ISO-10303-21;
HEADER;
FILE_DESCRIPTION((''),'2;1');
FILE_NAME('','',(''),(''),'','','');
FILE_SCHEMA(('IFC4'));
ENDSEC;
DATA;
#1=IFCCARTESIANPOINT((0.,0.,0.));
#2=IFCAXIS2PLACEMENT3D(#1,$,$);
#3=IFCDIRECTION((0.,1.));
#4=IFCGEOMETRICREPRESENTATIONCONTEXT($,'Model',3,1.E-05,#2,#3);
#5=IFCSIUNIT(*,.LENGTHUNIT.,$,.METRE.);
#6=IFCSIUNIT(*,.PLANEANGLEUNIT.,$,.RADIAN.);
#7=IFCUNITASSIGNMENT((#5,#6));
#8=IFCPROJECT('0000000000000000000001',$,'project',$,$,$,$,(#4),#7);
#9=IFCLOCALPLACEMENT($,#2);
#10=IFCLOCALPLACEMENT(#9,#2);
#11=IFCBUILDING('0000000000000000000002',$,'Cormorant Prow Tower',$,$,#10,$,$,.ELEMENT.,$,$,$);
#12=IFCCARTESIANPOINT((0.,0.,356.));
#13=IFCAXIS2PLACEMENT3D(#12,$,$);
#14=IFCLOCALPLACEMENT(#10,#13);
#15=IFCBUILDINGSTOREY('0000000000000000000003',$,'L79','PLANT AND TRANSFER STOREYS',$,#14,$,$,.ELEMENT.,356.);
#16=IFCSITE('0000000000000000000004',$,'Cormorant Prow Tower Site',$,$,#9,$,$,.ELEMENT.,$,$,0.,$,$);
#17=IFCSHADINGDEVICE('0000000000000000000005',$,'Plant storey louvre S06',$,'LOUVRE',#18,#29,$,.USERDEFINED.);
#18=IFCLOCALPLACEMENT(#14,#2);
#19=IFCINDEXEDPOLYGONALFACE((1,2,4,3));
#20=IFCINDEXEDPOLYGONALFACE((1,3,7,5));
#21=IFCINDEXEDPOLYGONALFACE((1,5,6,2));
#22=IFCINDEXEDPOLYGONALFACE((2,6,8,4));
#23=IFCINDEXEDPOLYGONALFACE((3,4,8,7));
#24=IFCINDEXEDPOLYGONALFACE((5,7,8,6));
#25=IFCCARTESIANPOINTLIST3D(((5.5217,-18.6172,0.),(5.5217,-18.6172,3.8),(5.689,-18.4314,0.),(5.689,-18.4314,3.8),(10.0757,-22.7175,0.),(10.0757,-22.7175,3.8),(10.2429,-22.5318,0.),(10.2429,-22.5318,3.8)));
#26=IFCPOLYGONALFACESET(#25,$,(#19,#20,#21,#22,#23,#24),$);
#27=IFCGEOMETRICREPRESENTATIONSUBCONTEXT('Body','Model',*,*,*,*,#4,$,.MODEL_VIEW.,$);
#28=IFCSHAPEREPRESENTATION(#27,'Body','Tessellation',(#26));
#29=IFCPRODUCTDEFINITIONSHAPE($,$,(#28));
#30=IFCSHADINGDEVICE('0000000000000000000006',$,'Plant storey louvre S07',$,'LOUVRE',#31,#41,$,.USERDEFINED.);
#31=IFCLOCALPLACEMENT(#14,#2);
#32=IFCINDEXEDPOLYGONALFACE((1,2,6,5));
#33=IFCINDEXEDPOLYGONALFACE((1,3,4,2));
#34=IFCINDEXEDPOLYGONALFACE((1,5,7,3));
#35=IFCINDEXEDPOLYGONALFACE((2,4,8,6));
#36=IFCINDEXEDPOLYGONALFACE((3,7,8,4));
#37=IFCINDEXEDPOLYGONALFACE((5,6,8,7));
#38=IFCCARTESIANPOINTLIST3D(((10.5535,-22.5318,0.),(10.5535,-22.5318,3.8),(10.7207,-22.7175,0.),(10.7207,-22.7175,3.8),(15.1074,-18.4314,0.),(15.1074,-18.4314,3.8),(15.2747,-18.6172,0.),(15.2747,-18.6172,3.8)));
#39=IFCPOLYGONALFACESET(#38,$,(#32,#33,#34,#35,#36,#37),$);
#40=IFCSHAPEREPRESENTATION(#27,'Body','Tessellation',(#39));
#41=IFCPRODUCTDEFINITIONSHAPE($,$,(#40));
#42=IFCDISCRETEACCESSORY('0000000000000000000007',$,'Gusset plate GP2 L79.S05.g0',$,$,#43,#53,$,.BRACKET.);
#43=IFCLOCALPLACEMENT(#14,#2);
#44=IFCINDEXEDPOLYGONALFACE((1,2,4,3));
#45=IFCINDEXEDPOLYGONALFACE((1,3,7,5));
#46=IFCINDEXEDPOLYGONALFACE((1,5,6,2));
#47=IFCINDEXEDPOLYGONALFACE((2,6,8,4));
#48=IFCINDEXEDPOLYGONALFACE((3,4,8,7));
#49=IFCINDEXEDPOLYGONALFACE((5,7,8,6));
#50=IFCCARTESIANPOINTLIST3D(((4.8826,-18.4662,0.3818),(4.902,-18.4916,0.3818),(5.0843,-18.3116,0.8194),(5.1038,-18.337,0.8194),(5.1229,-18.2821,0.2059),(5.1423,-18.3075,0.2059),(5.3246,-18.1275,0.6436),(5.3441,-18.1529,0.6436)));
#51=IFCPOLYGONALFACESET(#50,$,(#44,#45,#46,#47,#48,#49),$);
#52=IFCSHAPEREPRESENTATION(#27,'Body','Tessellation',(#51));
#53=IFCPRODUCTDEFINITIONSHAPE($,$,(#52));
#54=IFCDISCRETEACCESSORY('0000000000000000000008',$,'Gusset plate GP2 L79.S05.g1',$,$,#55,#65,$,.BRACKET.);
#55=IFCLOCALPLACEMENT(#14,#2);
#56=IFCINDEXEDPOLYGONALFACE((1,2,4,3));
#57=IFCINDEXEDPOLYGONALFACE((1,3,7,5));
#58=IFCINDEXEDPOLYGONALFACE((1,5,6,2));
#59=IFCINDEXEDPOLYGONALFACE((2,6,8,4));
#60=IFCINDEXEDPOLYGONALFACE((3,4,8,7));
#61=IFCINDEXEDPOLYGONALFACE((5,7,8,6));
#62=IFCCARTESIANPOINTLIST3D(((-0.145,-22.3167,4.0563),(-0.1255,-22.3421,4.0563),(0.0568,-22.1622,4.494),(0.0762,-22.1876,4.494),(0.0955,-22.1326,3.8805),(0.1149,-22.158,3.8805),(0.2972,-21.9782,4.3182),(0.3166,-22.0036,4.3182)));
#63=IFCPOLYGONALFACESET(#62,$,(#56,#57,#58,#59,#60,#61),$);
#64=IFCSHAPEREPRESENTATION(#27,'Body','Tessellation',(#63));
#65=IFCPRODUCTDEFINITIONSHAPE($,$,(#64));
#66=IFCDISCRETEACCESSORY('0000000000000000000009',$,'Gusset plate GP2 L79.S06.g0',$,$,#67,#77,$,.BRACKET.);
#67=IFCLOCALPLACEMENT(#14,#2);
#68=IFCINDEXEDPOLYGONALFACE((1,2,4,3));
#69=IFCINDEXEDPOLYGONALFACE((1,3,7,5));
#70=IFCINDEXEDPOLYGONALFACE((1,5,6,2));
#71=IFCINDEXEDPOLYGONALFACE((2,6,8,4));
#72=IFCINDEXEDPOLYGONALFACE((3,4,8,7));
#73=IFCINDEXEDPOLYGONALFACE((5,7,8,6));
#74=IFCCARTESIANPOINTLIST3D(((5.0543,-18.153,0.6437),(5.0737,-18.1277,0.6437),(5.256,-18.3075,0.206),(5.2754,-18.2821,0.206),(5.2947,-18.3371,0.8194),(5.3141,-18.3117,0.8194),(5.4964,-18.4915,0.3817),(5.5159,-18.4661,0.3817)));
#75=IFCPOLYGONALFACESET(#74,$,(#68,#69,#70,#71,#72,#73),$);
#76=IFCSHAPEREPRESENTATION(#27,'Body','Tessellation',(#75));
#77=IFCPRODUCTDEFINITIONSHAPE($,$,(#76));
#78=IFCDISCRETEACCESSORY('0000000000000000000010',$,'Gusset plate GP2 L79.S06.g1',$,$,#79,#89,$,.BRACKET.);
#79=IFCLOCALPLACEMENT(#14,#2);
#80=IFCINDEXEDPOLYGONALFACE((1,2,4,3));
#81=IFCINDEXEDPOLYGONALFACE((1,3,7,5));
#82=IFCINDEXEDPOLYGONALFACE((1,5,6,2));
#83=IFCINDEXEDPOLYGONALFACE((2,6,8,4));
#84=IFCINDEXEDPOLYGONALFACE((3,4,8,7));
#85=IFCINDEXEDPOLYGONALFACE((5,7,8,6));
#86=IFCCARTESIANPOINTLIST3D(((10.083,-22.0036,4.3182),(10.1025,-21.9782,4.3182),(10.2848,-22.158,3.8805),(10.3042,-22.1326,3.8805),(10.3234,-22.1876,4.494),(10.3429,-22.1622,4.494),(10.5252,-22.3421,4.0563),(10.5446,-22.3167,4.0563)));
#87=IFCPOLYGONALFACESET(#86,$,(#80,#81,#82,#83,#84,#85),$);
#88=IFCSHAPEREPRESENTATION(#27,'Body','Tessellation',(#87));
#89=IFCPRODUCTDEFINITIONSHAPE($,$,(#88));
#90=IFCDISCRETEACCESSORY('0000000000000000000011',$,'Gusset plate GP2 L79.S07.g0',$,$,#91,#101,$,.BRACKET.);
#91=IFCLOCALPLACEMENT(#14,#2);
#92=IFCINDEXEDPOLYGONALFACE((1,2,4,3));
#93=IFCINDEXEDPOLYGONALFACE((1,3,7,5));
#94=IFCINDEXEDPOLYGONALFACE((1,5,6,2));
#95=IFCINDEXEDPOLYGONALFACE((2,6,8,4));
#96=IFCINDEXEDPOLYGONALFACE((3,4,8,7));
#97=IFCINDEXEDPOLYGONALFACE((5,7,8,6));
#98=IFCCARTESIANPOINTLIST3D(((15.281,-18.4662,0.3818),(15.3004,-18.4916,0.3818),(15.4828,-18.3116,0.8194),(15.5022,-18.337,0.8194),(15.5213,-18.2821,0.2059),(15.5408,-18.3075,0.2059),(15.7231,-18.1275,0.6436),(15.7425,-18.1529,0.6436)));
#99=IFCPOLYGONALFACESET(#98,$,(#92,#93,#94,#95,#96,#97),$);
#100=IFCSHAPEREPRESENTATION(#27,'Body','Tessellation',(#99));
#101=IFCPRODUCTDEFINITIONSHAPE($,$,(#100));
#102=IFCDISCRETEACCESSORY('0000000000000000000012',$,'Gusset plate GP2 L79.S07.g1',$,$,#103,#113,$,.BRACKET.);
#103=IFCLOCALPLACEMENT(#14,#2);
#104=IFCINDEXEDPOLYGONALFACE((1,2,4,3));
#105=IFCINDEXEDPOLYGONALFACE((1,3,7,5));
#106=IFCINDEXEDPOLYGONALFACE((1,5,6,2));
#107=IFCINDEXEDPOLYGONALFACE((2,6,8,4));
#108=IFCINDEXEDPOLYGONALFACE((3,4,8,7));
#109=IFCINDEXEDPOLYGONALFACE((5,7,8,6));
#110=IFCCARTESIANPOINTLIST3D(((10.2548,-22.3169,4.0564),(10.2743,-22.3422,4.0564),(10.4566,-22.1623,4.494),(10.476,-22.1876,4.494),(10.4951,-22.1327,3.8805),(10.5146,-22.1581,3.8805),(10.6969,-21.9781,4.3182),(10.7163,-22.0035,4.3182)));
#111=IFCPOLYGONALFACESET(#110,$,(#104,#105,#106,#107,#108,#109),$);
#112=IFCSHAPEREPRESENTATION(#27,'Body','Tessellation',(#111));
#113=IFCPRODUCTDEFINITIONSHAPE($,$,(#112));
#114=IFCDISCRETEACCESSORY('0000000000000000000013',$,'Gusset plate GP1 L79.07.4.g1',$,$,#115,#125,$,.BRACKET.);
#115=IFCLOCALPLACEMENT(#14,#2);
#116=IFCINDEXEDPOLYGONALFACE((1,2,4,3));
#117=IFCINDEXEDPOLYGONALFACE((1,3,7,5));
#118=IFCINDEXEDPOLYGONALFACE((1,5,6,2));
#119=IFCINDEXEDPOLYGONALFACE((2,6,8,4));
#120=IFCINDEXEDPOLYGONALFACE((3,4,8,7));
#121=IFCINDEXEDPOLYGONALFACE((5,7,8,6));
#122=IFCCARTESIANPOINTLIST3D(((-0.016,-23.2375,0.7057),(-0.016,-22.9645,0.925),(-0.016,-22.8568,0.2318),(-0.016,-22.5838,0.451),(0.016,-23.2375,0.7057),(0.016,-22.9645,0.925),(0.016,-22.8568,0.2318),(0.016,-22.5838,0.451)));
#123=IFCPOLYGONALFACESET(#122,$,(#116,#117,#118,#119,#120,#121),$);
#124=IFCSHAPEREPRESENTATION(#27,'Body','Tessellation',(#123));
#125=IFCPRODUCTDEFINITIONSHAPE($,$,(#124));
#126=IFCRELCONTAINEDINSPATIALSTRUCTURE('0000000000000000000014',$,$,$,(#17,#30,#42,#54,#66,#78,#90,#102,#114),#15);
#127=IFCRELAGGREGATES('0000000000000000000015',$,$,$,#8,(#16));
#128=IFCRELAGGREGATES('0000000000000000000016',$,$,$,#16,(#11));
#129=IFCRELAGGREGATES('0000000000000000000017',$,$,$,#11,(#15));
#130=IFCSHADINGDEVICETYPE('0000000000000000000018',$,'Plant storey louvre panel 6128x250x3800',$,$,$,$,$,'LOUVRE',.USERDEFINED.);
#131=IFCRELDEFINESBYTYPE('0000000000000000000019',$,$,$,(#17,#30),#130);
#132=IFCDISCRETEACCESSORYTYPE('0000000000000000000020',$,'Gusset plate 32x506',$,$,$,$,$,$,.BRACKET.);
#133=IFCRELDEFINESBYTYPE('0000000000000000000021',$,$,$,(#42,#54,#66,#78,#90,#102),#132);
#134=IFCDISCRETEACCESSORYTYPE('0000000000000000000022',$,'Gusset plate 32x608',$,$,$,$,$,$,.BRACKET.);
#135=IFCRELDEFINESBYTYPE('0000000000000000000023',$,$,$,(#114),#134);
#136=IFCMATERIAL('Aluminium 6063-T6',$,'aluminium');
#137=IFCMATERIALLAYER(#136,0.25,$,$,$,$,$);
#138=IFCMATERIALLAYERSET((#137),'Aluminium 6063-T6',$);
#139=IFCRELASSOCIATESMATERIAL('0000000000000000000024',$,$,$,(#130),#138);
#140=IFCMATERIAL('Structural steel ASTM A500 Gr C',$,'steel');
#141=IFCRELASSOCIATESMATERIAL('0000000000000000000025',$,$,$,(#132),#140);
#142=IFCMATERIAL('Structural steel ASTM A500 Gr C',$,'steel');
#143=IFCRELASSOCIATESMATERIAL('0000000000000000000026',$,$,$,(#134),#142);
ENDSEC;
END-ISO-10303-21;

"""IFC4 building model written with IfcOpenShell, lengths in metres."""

from ifc_helpers import new_model, si_unit, direction, frame, origin, origin_2d, place, context, subcontext, project, spatial, rectangle, extrude, material, layer, layer_set, material_profile, profile_set, type_object, element, save


model = new_model("IFC4")

# Units and contexts
model_context = context("Model", 3, precision=1e-05, world=origin(), true_north=direction((0.0, 1.0)))
body_context = subcontext(model_context, "Body", "Model", "MODEL_VIEW")
ifc_project = project(units=[si_unit("LENGTHUNIT", "METRE"), si_unit("PLANEANGLEUNIT", "RADIAN")], contexts=[model_context])

# Site, building, storey
site_placement = place(None, origin())
site = spatial("IfcSite", under=ifc_project, at=site_placement, Name="Cormorant Prow Tower Site", CompositionType="ELEMENT", RefElevation=0.0)
building_placement = place(site_placement, origin())
building = spatial("IfcBuilding", under=site, at=building_placement, Name="Cormorant Prow Tower", CompositionType="ELEMENT")
storey_placement = place(building_placement, frame((0.0, 0.0, 356.0)))
storey = spatial("IfcBuildingStorey", under=building, at=storey_placement, Name="L79", Description="PLANT AND TRANSFER STOREYS", CompositionType="ELEMENT", Elevation=356.0)

# Shading devices
ifc_material_1 = material(Name="Aluminium 6063-T6", Category="aluminium")
ifc_layer_1 = layer(ifc_material_1, 0.25)
ifc_layer_set_1 = layer_set([ifc_layer_1], Name="Aluminium 6063-T6")
shading_device_type = type_object("IfcShadingDeviceType", Name="Plant storey louvre panel 6128x250x3800", ElementType="LOUVRE", PredefinedType="USERDEFINED", material=ifc_layer_set_1)
for number, where, z_axis, x_axis, name in (
    (1, (7.8823, -20.5745, 0.0), (0.0, 0.0, 1.0), (0.743145, -0.669131, 0.0), "Plant storey louvre S06"),
    (2, (12.9141, -20.5745, 0.0), (0.0, 0.0, 1.0), (0.743145, 0.669131, 0.0), "Plant storey louvre S07"),
):
    element("IfcShadingDevice", number, at=place(storey_placement, frame(where, z_axis=z_axis, x_axis=x_axis)), inside=storey, type_object=shading_device_type, Name=name, ObjectType="LOUVRE", PredefinedType="USERDEFINED", context=body_context, shape_type="SweptSolid", body=[
        extrude(rectangle(XDim=6.1279, YDim=0.25, at=origin_2d()), origin(), (0.0, 0.0, 1.0), 3.8),
    ])

# Discrete accessories
ifc_material_2 = material(Name="Structural steel ASTM A500 Gr C", Category="steel")
ifc_material_profile_1 = material_profile(ifc_material_2, rectangle(XDim=0.032, YDim=0.5061, at=origin_2d()), Name="Gusset plate 32x506")
ifc_profile_set_1 = profile_set([ifc_material_profile_1], Name="Structural steel ASTM A500 Gr C")
discrete_accessory_type_1 = type_object("IfcDiscreteAccessoryType", Name="Gusset plate 32x506", PredefinedType="BRACKET", material=ifc_profile_set_1)
for number, where, z_axis, x_axis, name in (
    (3, (4.9932, -18.4016, 0.6006), (0.68639, 0.525953, -0.502237), (-0.608228, 0.793762, 0.0), "Gusset plate GP2 L79.S05.g0"),
    (4, (0.2061, -22.0681, 4.0994), (-0.686759, -0.525702, 0.501996), (0.607839, -0.79406, 0.0), "Gusset plate GP2 L79.S05.g1"),
    (5, (5.4053, -18.4016, 0.6006), (-0.686759, 0.525702, -0.501996), (-0.607839, -0.79406, 0.0), "Gusset plate GP2 L79.S06.g0"),
    (6, (10.1936, -22.0681, 4.0994), (0.686759, -0.525702, 0.501996), (0.607839, 0.79406, 0.0), "Gusset plate GP2 L79.S06.g1"),
    (7, (15.3916, -18.4016, 0.6006), (0.68639, 0.525953, -0.502237), (-0.608228, 0.793762, 0.0), "Gusset plate GP2 L79.S07.g0"),
    (8, (10.6057, -22.0681, 4.0994), (-0.68639, -0.525953, 0.502237), (0.608228, -0.793762, 0.0), "Gusset plate GP2 L79.S07.g1"),
):
    element("IfcDiscreteAccessory", number, at=place(storey_placement, frame(where, z_axis=z_axis, x_axis=x_axis)), inside=storey, type_object=discrete_accessory_type_1, Name=name, PredefinedType="BRACKET", context=body_context, shape_type="SweptSolid", body=[
        extrude(rectangle(XDim=0.032, YDim=0.5061, at=origin_2d()), origin(), (0.0, 0.0, 1.0), 0.3501),
    ])
ifc_material_3 = material(Name="Structural steel ASTM A500 Gr C", Category="steel")
ifc_material_profile_2 = material_profile(ifc_material_3, rectangle(XDim=0.032, YDim=0.6079, at=origin_2d()), Name="Gusset plate 32x608")
ifc_profile_set_2 = profile_set([ifc_material_profile_2], Name="Structural steel ASTM A500 Gr C")
discrete_accessory_type_2 = type_object("IfcDiscreteAccessoryType", Name="Gusset plate 32x608", PredefinedType="BRACKET", material=ifc_profile_set_2)
discrete_accessory_placement = place(storey_placement, frame((0.0, -22.7742, 0.688), z_axis=(0.0, -0.779643, -0.626225), x_axis=(1.0, 0.0, 0.0)))
element("IfcDiscreteAccessory", 9, at=discrete_accessory_placement, inside=storey, type_object=discrete_accessory_type_2, Name="Gusset plate GP1 L79.07.4.g1", PredefinedType="BRACKET", context=body_context, shape_type="SweptSolid", body=[
    extrude(rectangle(XDim=0.032, YDim=0.6079, at=origin_2d()), origin(), (0.0, 0.0, 1.0), 0.3501),
])

save(model, "model.ifc")
